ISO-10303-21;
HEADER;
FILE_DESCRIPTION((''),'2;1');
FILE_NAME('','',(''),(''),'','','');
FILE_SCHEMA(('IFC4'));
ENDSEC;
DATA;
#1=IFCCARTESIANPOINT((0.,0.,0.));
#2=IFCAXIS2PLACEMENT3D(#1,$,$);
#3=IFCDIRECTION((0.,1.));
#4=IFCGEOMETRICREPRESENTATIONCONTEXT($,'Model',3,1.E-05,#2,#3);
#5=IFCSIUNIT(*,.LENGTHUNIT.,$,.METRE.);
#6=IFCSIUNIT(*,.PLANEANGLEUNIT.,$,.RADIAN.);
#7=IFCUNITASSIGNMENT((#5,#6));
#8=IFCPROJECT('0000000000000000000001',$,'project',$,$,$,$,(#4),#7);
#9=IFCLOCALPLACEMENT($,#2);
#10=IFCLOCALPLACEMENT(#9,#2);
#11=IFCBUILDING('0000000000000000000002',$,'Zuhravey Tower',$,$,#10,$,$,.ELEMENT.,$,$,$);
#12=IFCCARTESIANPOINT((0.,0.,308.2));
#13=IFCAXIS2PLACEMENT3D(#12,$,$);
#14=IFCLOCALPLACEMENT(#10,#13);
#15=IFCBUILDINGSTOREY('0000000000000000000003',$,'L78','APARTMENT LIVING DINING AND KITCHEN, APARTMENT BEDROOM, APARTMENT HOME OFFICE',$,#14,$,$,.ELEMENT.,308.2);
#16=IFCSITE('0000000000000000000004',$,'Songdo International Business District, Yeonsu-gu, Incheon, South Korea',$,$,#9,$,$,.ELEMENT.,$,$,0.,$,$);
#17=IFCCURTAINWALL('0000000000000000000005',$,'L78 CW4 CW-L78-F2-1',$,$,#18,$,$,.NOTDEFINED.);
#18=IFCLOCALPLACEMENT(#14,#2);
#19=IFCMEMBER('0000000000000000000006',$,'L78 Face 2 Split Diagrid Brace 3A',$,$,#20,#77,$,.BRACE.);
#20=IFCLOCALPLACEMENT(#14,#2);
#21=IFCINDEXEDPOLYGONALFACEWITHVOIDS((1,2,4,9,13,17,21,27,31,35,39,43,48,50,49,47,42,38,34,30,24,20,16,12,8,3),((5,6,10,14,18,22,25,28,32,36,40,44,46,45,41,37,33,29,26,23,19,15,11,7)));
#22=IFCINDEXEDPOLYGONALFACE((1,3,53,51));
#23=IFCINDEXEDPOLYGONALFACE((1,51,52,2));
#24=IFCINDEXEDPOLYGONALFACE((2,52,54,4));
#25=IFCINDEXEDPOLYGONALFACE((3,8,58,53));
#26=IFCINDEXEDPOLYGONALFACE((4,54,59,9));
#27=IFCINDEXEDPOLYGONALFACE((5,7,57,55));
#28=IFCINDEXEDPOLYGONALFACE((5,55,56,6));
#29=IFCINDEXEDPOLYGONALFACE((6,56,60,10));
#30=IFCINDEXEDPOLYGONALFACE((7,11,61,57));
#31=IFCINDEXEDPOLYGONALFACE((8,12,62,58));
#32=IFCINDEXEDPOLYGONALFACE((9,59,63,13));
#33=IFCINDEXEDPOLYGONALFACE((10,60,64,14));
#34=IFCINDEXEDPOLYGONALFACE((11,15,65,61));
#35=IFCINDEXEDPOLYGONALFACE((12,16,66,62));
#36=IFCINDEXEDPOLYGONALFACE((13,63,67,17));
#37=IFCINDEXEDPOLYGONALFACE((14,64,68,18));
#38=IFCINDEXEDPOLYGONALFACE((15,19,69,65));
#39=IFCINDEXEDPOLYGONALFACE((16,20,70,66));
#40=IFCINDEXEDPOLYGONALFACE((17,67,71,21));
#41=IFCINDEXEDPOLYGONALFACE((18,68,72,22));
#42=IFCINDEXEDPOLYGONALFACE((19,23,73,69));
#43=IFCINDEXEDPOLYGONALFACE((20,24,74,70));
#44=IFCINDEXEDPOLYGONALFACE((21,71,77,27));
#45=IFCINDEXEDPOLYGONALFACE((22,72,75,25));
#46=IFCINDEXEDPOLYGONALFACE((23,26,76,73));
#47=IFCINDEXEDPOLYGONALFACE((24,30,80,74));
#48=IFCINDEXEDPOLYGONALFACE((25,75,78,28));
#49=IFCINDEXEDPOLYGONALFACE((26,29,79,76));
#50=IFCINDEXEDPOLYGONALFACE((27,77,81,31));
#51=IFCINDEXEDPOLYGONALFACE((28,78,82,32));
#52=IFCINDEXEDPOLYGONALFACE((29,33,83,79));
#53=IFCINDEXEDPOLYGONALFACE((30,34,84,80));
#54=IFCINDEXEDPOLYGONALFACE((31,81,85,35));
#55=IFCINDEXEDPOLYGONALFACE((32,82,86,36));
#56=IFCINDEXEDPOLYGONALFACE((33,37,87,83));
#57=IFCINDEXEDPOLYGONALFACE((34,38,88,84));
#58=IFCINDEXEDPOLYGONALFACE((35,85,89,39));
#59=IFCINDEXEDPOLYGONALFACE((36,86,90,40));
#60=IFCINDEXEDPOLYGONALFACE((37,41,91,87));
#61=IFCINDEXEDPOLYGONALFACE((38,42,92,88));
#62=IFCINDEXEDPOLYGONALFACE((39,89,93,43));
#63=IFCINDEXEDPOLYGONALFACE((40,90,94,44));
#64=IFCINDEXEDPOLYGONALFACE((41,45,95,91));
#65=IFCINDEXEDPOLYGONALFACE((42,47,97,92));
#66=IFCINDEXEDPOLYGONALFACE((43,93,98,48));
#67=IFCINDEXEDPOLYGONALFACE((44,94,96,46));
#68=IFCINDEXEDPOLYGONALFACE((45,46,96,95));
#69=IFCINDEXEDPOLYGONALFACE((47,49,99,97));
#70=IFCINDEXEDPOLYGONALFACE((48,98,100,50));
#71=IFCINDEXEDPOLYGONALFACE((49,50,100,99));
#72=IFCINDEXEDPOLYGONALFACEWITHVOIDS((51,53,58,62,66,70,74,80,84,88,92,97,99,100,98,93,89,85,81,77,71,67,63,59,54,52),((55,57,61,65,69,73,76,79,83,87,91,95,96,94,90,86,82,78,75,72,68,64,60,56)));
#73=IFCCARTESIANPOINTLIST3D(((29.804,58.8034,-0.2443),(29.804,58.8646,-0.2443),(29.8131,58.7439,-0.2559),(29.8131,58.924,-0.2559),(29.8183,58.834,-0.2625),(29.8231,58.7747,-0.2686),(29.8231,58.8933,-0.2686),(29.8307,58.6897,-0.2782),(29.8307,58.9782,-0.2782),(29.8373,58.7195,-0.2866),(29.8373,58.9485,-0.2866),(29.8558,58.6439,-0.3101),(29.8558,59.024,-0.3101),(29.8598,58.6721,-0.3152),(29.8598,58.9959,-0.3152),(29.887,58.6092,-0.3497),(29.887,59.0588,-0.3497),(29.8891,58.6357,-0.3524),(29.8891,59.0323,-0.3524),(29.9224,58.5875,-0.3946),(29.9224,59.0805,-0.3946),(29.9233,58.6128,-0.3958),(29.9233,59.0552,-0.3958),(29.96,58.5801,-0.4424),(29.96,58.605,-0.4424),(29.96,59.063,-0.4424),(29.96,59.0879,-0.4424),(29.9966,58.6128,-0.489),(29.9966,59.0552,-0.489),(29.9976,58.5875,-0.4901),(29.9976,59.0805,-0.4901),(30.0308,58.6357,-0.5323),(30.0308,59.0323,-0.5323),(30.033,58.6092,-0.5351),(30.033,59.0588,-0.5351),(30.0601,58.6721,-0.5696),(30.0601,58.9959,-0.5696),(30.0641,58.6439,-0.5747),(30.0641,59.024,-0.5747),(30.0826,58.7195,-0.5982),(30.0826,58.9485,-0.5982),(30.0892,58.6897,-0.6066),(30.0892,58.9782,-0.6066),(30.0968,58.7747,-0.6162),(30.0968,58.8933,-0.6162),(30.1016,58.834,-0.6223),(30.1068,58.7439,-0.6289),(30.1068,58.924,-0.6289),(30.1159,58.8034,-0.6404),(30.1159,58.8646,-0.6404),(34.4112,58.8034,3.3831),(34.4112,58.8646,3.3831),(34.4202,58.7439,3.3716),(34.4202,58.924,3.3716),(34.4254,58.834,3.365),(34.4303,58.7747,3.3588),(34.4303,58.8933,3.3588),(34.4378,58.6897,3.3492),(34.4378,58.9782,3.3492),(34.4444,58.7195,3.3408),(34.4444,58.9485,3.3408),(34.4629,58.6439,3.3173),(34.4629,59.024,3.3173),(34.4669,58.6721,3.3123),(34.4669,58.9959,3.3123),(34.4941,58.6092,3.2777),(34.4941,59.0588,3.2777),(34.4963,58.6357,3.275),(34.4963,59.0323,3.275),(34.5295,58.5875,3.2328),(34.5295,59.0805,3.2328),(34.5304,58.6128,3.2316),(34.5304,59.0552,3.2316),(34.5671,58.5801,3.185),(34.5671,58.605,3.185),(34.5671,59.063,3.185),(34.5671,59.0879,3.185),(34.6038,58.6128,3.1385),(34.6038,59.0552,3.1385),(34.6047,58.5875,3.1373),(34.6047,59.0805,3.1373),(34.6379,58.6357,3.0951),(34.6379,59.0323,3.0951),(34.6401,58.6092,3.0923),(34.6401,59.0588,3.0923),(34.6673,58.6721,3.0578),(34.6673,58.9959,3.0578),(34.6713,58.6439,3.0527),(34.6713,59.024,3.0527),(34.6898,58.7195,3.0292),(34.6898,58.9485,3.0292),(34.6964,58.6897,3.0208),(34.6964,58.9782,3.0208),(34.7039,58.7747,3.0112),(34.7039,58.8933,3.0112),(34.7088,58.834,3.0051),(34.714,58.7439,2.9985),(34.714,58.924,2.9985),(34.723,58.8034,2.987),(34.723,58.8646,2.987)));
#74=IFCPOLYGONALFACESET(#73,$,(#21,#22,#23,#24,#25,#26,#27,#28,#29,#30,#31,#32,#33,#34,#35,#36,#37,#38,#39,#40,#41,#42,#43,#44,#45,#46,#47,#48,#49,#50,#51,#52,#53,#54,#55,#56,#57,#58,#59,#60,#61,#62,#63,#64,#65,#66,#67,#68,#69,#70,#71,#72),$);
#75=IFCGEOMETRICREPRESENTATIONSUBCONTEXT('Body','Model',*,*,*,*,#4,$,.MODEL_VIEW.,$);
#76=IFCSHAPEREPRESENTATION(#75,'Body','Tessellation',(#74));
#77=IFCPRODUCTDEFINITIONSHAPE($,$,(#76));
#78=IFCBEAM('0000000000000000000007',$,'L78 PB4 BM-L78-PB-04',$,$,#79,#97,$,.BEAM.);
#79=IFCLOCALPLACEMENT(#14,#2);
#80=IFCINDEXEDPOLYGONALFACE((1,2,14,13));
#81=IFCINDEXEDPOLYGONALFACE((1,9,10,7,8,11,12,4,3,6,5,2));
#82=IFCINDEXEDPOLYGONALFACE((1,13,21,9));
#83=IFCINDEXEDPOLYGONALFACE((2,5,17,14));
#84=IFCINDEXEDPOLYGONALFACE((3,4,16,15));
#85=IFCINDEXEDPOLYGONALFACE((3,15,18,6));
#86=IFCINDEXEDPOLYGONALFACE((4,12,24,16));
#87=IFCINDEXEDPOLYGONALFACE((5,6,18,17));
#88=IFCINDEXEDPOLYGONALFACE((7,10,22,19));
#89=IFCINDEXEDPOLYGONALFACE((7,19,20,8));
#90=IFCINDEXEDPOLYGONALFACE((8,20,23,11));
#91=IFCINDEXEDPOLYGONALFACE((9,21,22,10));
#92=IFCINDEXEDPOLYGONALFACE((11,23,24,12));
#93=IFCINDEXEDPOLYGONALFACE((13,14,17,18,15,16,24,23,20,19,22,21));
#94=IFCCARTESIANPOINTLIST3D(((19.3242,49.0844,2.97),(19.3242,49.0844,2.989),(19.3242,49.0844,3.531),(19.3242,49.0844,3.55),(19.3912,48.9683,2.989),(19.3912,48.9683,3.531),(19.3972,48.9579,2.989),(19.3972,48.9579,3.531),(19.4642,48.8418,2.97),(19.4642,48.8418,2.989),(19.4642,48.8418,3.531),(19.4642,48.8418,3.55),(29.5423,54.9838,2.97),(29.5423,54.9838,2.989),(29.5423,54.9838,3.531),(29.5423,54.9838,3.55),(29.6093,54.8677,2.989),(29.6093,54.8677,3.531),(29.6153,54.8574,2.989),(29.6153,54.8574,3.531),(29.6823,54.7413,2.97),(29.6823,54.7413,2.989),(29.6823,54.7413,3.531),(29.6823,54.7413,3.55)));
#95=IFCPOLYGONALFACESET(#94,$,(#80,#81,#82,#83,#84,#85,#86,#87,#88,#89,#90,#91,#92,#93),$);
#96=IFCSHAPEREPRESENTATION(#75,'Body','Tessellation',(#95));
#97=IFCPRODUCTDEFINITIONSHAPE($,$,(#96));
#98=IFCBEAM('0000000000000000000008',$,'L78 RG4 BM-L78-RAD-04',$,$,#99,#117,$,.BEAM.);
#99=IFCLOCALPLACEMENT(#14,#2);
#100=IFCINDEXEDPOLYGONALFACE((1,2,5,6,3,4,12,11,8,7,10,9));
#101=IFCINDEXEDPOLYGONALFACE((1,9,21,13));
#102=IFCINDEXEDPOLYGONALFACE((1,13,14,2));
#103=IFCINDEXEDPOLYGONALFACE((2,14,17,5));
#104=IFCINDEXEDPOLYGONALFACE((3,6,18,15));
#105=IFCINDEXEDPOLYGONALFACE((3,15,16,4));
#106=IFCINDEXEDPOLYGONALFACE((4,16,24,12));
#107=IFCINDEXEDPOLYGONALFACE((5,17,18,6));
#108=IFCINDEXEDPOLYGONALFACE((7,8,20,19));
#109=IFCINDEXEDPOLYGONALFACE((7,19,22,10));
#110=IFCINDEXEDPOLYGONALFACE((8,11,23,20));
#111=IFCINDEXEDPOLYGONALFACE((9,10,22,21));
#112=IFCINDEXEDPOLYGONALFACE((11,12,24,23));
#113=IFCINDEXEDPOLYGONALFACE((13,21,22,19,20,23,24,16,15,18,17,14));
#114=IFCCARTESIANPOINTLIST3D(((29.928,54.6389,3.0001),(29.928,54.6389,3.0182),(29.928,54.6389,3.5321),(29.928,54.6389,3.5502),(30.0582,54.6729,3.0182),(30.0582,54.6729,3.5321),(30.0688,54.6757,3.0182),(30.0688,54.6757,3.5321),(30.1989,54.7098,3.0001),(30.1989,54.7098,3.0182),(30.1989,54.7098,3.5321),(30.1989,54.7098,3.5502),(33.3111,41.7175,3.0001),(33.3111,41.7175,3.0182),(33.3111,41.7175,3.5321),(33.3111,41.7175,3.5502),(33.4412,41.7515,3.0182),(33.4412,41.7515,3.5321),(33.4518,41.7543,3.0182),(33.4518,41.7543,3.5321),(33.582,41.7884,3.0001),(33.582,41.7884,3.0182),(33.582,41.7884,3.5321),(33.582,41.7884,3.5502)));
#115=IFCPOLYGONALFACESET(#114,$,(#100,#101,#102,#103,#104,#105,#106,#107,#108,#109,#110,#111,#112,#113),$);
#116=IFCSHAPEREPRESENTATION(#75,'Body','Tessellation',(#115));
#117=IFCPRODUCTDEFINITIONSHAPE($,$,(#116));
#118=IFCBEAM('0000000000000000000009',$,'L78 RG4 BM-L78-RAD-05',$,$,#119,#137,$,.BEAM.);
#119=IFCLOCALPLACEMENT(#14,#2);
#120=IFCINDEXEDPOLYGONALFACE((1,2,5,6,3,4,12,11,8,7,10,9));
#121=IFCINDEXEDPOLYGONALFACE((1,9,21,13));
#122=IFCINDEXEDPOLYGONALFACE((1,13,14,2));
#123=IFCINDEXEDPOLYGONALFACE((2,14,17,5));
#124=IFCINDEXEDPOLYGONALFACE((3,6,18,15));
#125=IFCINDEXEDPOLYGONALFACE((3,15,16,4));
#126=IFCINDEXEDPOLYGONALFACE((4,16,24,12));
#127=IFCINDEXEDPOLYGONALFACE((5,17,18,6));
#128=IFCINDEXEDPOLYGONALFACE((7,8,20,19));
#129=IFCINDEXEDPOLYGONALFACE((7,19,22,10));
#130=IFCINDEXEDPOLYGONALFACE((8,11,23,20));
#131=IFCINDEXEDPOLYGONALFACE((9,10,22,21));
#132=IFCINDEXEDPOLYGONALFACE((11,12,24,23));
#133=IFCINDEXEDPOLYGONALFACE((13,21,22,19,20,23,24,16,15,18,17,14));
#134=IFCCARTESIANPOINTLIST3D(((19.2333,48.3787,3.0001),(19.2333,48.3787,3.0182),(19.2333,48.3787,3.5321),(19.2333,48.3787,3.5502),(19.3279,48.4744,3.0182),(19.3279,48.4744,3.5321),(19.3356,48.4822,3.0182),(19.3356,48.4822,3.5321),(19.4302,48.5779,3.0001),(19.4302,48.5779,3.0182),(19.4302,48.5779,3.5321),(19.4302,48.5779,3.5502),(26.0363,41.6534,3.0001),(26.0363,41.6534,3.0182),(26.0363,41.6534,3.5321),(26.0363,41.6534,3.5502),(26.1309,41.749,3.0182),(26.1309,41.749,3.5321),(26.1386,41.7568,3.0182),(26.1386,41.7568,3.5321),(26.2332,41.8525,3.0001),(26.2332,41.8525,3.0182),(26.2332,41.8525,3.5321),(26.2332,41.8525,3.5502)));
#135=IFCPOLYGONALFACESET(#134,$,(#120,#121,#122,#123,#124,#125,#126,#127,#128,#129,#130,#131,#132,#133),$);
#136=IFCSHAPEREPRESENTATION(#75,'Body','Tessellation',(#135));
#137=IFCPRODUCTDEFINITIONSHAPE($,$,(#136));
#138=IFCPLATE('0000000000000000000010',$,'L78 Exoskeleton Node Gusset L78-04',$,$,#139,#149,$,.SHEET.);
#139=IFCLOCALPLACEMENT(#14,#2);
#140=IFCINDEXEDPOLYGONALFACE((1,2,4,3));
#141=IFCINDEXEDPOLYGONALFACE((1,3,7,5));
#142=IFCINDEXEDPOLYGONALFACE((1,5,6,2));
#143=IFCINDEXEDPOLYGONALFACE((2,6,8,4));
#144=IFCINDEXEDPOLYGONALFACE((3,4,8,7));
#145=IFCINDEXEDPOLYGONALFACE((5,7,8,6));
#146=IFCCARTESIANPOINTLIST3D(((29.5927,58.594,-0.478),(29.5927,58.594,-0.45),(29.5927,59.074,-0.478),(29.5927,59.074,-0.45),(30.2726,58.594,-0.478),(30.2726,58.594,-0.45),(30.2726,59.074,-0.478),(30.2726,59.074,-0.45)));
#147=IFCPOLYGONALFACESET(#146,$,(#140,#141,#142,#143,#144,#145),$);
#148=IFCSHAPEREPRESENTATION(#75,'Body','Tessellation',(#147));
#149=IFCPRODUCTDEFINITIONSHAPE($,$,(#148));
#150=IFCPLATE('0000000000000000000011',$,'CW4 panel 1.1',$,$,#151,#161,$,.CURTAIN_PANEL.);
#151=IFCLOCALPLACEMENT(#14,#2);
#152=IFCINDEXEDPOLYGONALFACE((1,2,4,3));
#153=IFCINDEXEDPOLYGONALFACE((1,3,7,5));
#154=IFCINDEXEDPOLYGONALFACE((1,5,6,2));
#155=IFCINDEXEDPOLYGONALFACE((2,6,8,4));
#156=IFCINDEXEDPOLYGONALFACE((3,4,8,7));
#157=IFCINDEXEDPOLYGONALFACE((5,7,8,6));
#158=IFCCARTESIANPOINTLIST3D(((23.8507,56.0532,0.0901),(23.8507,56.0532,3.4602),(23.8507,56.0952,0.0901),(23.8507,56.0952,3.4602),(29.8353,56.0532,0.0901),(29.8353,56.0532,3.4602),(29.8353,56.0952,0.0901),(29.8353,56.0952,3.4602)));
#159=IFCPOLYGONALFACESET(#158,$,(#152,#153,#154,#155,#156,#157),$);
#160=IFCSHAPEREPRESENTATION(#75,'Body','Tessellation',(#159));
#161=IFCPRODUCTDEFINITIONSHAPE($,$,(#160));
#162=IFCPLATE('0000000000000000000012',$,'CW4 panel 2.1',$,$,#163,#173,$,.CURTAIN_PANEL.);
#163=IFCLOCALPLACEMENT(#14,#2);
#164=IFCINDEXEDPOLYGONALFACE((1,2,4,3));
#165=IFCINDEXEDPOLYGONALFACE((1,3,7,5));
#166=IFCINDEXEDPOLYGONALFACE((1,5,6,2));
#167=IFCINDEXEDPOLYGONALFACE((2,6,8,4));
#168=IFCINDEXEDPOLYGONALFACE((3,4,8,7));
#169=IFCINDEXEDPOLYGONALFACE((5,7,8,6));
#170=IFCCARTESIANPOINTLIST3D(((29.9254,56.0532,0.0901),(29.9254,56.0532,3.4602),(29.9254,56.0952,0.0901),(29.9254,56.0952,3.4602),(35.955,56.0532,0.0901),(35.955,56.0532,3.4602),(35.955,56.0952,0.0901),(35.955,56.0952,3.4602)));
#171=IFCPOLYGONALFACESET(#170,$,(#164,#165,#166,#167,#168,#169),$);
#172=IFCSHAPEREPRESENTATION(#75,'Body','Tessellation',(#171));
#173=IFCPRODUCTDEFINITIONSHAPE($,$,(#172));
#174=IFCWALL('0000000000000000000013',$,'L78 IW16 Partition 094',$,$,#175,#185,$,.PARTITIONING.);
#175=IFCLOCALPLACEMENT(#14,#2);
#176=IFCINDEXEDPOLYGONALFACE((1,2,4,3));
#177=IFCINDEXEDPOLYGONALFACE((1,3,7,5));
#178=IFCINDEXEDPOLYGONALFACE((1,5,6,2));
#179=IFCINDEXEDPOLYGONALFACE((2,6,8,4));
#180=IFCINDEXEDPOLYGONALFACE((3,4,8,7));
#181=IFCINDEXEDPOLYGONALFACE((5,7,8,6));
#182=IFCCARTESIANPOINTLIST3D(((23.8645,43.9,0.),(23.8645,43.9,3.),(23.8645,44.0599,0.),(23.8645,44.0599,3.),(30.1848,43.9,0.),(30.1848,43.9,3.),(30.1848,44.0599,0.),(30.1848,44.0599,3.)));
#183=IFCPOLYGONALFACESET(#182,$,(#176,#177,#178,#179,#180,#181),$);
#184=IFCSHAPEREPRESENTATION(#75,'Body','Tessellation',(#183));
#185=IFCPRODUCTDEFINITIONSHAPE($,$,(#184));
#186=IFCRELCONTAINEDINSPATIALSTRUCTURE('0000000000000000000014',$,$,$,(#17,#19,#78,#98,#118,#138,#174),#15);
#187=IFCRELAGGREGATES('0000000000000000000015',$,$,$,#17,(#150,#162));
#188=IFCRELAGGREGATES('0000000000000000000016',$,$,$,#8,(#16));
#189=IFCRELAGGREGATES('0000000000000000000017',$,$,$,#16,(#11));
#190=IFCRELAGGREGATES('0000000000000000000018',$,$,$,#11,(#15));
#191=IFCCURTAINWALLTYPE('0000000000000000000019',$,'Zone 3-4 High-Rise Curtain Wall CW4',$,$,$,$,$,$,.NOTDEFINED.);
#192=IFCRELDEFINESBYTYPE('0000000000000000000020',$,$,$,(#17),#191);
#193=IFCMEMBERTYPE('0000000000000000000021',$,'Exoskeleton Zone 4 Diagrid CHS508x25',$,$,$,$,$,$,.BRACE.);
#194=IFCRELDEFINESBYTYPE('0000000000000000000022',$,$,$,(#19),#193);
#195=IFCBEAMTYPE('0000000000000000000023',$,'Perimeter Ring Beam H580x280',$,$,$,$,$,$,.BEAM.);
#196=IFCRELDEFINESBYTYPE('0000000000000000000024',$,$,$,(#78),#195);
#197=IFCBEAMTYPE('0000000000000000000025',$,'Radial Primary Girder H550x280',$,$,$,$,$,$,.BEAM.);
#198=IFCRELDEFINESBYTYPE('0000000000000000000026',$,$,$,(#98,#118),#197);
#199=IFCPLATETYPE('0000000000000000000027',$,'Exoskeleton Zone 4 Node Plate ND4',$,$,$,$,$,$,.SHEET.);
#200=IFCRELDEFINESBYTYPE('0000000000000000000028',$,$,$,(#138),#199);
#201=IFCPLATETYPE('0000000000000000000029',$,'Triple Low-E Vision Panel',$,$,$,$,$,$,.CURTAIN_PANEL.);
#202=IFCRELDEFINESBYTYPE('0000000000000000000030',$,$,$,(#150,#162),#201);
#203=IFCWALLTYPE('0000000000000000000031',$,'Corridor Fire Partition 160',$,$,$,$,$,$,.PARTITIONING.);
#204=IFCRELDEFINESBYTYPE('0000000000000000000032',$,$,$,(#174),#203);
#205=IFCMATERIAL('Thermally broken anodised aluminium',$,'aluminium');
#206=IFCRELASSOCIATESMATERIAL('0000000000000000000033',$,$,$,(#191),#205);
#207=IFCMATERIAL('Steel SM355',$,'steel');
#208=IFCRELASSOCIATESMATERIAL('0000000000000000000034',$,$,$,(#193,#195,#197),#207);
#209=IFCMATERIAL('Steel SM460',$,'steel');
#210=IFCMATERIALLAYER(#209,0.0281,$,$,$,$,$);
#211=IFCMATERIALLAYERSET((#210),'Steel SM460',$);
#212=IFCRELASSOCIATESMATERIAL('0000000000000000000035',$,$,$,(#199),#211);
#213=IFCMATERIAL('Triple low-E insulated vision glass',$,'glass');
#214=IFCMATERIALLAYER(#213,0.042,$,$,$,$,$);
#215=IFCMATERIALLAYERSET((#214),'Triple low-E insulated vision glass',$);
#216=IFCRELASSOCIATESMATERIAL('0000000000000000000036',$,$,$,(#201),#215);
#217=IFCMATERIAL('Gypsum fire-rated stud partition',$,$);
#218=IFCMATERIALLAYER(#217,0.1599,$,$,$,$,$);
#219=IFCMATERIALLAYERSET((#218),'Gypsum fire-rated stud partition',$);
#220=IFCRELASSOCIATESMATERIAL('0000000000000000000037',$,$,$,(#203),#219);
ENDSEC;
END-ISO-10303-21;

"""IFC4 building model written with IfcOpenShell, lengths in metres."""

from ifc_helpers import new_model, si_unit, direction, frame, frame_2d, origin, origin_2d, place, context, subcontext, project, spatial, rectangle, hollow_circle, i_section, extrude, material, layer, layer_set, material_profile, profile_set, type_object, element, aggregate, save


model = new_model("IFC4")

# Units and contexts
model_context = context("Model", 3, precision=1e-05, world=origin(), true_north=direction((0.0, 1.0)))
body_context = subcontext(model_context, "Body", "Model", "MODEL_VIEW")
ifc_project = project(units=[si_unit("LENGTHUNIT", "METRE"), si_unit("PLANEANGLEUNIT", "RADIAN")], contexts=[model_context])

# Site, building, storey
site_placement = place(None, origin())
site = spatial("IfcSite", under=ifc_project, at=site_placement, Name="Songdo International Business District, Yeonsu-gu, Incheon, South Korea", CompositionType="ELEMENT", RefElevation=0.0)
building_placement = place(site_placement, origin())
building = spatial("IfcBuilding", under=site, at=building_placement, Name="Zuhravey Tower", CompositionType="ELEMENT")
storey_placement = place(building_placement, frame((0.0, 0.0, 308.2)))
storey = spatial("IfcBuildingStorey", under=building, at=storey_placement, Name="L78", Description="APARTMENT LIVING DINING AND KITCHEN, APARTMENT BEDROOM, APARTMENT HOME OFFICE", CompositionType="ELEMENT", Elevation=308.2)

# Curtain wall
ifc_material_1 = material(Name="Thermally broken anodised aluminium", Category="aluminium")
curtain_wall_type = type_object("IfcCurtainWallType", Name="Zone 3-4 High-Rise Curtain Wall CW4", PredefinedType="NOTDEFINED", material=ifc_material_1)
curtain_wall_placement = place(storey_placement, origin())
curtain_wall = element("IfcCurtainWall", 1, at=curtain_wall_placement, inside=storey, type_object=curtain_wall_type, Name="L78 CW4 CW-L78-F2-1", PredefinedType="NOTDEFINED")

# Member
ifc_material_2 = material(Name="Steel SM355", Category="steel")
ifc_material_profile_1 = material_profile(ifc_material_2, hollow_circle(Radius=0.2539, WallThickness=0.0249, at=origin_2d()), Name="CHS-508.0x25")
ifc_profile_set_1 = profile_set([ifc_material_profile_1], Name="Steel SM355")
member_type_1 = type_object("IfcMemberType", Name="Exoskeleton Zone 4 Diagrid CHS508x25", PredefinedType="BRACE", material=ifc_profile_set_1)
member_1_placement = place(storey_placement, frame((29.96, 58.834, -0.4424), z_axis=(0.785695, 0.0, 0.618614), x_axis=(0.0, 1.0, 0.0)))
element("IfcMember", 2, at=member_1_placement, inside=storey, type_object=member_type_1, Name="L78 Face 2 Split Diagrid Brace 3A", PredefinedType="BRACE", context=body_context, shape_type="SweptSolid", body=[
    extrude(hollow_circle(Radius=0.2539, WallThickness=0.0249, at=origin_2d()), origin(), (0.0, 0.0, 1.0), 5.8638),
])

# Beams
ifc_material_profile_2 = material_profile(ifc_material_2, i_section(OverallWidth=0.28, OverallDepth=0.5801, WebThickness=0.012, FlangeThickness=0.019, at=origin_2d()), Name="H-580x280x12x19")
ifc_profile_set_2 = profile_set([ifc_material_profile_2], Name="Steel SM355")
beam_type_1 = type_object("IfcBeamType", Name="Perimeter Ring Beam H580x280", PredefinedType="BEAM", material=ifc_profile_set_2)
beam_1_placement = place(storey_placement, frame((29.6123, 54.8625, 3.26), z_axis=(-0.866024, -0.500002, 0.0), x_axis=(0.500002, -0.866024, 0.0)))
element("IfcBeam", 3, at=beam_1_placement, inside=storey, type_object=beam_type_1, Name="L78 PB4 BM-L78-PB-04", PredefinedType="BEAM", context=body_context, shape_type="SweptSolid", body=[
    extrude(i_section(OverallWidth=0.28, OverallDepth=0.5801, WebThickness=0.012, FlangeThickness=0.019, at=origin_2d()), origin(), (0.0, 0.0, 1.0), 11.7988),
])
ifc_material_profile_3 = material_profile(ifc_material_2, i_section(OverallWidth=0.28, OverallDepth=0.55, WebThickness=0.011, FlangeThickness=0.0181, at=origin_2d()), Name="H-550x280x11x18")
ifc_profile_set_3 = profile_set([ifc_material_profile_3], Name="Steel SM355")
beam_type_2 = type_object("IfcBeamType", Name="Radial Primary Girder H550x280", PredefinedType="BEAM", material=ifc_profile_set_3)
beam_2_placement = place(storey_placement, frame((33.4465, 41.7529, 3.2751), z_axis=(-0.253281, 0.967393, 0.0), x_axis=(-0.967393, -0.253281, 0.0)))
element("IfcBeam", 4, at=beam_2_placement, inside=storey, type_object=beam_type_2, Name="L78 RG4 BM-L78-RAD-04", PredefinedType="BEAM", context=body_context, shape_type="SweptSolid", body=[
    extrude(i_section(OverallWidth=0.28, OverallDepth=0.55, WebThickness=0.011, FlangeThickness=0.0181, at=origin_2d()), origin(), (0.0, 0.0, 1.0), 13.3569),
])
beam_3_placement = place(storey_placement, frame((26.1348, 41.7529, 3.2751), z_axis=(-0.711153, 0.703037, 0.0), x_axis=(-0.703037, -0.711153, 0.0)))
element("IfcBeam", 5, at=beam_3_placement, inside=storey, type_object=beam_type_2, Name="L78 RG4 BM-L78-RAD-05", PredefinedType="BEAM", context=body_context, shape_type="SweptSolid", body=[
    extrude(i_section(OverallWidth=0.28, OverallDepth=0.55, WebThickness=0.011, FlangeThickness=0.0181, at=origin_2d()), origin(), (0.0, 0.0, 1.0), 9.5662),
])

# Plates
ifc_material_3 = material(Name="Steel SM460", Category="steel")
ifc_layer_1 = layer(ifc_material_3, 0.0281)
ifc_layer_set_1 = layer_set([ifc_layer_1], Name="Steel SM460")
plate_type_1 = type_object("IfcPlateType", Name="Exoskeleton Zone 4 Node Plate ND4", PredefinedType="SHEET", material=ifc_layer_set_1)
plate_1_placement = place(storey_placement, frame((29.9326, 58.834, -0.478), z_axis=(0.0, 0.0, 1.0), x_axis=(-1.0, 0.0, 0.0)))
element("IfcPlate", 6, at=plate_1_placement, inside=storey, type_object=plate_type_1, Name="L78 Exoskeleton Node Gusset L78-04", PredefinedType="SHEET", context=body_context, shape_type="SweptSolid", body=[
    extrude(rectangle(XDim=0.6799, YDim=0.48, at=origin_2d()), origin(), (0.0, 0.0, 1.0), 0.0281),
])
ifc_material_4 = material(Name="Triple low-E insulated vision glass", Category="glass")
ifc_layer_2 = layer(ifc_material_4, 0.042)
ifc_layer_set_2 = layer_set([ifc_layer_2], Name="Triple low-E insulated vision glass")
plate_type_2 = type_object("IfcPlateType", Name="Triple Low-E Vision Panel", PredefinedType="CURTAIN_PANEL", material=ifc_layer_set_2)
plate_2_placement = place(storey_placement, frame((26.843, 56.0742, 0.0901), z_axis=(0.0, 0.0, 1.0), x_axis=(1.0, 0.0, 0.0)))
plate_2 = element("IfcPlate", 7, at=plate_2_placement, type_object=plate_type_2, Name="CW4 panel 1.1", PredefinedType="CURTAIN_PANEL", context=body_context, shape_type="SweptSolid", body=[
    extrude(rectangle(XDim=5.9846, YDim=0.042, at=origin_2d()), origin(), (0.0, 0.0, 1.0), 3.3701),
])
plate_3_placement = place(storey_placement, frame((32.9402, 56.0742, 0.0901), z_axis=(0.0, 0.0, 1.0), x_axis=(1.0, 0.0, 0.0)))
plate_3 = element("IfcPlate", 8, at=plate_3_placement, type_object=plate_type_2, Name="CW4 panel 2.1", PredefinedType="CURTAIN_PANEL", context=body_context, shape_type="SweptSolid", body=[
    extrude(rectangle(XDim=6.0295, YDim=0.042, at=origin_2d()), origin(), (0.0, 0.0, 1.0), 3.3701),
])
aggregate(curtain_wall, [plate_2, plate_3])

# Shared definitions
ifc_material_5 = material(Name="Gypsum fire-rated stud partition")
ifc_layer_3 = layer(ifc_material_5, 0.1599)
ifc_layer_set_3 = layer_set([ifc_layer_3], Name="Gypsum fire-rated stud partition")
wall_type_1 = type_object("IfcWallType", Name="Corridor Fire Partition 160", PredefinedType="PARTITIONING", material=ifc_layer_set_3)

# Wall
wall_1_placement = place(storey_placement, frame((30.1848, 43.98, 0.0), z_axis=(0.0, 0.0, 1.0), x_axis=(-1.0, 0.0, 0.0)))
element("IfcWall", 9, at=wall_1_placement, inside=storey, type_object=wall_type_1, Name="L78 IW16 Partition 094", PredefinedType="PARTITIONING", context=body_context, shape_type="SweptSolid", body=[
    extrude(rectangle(XDim=6.3203, YDim=0.1599, at=frame_2d((3.1602, 0.0))), origin(), (0.0, 0.0, 1.0), 3.0),
])

save(model, "model.ifc")
